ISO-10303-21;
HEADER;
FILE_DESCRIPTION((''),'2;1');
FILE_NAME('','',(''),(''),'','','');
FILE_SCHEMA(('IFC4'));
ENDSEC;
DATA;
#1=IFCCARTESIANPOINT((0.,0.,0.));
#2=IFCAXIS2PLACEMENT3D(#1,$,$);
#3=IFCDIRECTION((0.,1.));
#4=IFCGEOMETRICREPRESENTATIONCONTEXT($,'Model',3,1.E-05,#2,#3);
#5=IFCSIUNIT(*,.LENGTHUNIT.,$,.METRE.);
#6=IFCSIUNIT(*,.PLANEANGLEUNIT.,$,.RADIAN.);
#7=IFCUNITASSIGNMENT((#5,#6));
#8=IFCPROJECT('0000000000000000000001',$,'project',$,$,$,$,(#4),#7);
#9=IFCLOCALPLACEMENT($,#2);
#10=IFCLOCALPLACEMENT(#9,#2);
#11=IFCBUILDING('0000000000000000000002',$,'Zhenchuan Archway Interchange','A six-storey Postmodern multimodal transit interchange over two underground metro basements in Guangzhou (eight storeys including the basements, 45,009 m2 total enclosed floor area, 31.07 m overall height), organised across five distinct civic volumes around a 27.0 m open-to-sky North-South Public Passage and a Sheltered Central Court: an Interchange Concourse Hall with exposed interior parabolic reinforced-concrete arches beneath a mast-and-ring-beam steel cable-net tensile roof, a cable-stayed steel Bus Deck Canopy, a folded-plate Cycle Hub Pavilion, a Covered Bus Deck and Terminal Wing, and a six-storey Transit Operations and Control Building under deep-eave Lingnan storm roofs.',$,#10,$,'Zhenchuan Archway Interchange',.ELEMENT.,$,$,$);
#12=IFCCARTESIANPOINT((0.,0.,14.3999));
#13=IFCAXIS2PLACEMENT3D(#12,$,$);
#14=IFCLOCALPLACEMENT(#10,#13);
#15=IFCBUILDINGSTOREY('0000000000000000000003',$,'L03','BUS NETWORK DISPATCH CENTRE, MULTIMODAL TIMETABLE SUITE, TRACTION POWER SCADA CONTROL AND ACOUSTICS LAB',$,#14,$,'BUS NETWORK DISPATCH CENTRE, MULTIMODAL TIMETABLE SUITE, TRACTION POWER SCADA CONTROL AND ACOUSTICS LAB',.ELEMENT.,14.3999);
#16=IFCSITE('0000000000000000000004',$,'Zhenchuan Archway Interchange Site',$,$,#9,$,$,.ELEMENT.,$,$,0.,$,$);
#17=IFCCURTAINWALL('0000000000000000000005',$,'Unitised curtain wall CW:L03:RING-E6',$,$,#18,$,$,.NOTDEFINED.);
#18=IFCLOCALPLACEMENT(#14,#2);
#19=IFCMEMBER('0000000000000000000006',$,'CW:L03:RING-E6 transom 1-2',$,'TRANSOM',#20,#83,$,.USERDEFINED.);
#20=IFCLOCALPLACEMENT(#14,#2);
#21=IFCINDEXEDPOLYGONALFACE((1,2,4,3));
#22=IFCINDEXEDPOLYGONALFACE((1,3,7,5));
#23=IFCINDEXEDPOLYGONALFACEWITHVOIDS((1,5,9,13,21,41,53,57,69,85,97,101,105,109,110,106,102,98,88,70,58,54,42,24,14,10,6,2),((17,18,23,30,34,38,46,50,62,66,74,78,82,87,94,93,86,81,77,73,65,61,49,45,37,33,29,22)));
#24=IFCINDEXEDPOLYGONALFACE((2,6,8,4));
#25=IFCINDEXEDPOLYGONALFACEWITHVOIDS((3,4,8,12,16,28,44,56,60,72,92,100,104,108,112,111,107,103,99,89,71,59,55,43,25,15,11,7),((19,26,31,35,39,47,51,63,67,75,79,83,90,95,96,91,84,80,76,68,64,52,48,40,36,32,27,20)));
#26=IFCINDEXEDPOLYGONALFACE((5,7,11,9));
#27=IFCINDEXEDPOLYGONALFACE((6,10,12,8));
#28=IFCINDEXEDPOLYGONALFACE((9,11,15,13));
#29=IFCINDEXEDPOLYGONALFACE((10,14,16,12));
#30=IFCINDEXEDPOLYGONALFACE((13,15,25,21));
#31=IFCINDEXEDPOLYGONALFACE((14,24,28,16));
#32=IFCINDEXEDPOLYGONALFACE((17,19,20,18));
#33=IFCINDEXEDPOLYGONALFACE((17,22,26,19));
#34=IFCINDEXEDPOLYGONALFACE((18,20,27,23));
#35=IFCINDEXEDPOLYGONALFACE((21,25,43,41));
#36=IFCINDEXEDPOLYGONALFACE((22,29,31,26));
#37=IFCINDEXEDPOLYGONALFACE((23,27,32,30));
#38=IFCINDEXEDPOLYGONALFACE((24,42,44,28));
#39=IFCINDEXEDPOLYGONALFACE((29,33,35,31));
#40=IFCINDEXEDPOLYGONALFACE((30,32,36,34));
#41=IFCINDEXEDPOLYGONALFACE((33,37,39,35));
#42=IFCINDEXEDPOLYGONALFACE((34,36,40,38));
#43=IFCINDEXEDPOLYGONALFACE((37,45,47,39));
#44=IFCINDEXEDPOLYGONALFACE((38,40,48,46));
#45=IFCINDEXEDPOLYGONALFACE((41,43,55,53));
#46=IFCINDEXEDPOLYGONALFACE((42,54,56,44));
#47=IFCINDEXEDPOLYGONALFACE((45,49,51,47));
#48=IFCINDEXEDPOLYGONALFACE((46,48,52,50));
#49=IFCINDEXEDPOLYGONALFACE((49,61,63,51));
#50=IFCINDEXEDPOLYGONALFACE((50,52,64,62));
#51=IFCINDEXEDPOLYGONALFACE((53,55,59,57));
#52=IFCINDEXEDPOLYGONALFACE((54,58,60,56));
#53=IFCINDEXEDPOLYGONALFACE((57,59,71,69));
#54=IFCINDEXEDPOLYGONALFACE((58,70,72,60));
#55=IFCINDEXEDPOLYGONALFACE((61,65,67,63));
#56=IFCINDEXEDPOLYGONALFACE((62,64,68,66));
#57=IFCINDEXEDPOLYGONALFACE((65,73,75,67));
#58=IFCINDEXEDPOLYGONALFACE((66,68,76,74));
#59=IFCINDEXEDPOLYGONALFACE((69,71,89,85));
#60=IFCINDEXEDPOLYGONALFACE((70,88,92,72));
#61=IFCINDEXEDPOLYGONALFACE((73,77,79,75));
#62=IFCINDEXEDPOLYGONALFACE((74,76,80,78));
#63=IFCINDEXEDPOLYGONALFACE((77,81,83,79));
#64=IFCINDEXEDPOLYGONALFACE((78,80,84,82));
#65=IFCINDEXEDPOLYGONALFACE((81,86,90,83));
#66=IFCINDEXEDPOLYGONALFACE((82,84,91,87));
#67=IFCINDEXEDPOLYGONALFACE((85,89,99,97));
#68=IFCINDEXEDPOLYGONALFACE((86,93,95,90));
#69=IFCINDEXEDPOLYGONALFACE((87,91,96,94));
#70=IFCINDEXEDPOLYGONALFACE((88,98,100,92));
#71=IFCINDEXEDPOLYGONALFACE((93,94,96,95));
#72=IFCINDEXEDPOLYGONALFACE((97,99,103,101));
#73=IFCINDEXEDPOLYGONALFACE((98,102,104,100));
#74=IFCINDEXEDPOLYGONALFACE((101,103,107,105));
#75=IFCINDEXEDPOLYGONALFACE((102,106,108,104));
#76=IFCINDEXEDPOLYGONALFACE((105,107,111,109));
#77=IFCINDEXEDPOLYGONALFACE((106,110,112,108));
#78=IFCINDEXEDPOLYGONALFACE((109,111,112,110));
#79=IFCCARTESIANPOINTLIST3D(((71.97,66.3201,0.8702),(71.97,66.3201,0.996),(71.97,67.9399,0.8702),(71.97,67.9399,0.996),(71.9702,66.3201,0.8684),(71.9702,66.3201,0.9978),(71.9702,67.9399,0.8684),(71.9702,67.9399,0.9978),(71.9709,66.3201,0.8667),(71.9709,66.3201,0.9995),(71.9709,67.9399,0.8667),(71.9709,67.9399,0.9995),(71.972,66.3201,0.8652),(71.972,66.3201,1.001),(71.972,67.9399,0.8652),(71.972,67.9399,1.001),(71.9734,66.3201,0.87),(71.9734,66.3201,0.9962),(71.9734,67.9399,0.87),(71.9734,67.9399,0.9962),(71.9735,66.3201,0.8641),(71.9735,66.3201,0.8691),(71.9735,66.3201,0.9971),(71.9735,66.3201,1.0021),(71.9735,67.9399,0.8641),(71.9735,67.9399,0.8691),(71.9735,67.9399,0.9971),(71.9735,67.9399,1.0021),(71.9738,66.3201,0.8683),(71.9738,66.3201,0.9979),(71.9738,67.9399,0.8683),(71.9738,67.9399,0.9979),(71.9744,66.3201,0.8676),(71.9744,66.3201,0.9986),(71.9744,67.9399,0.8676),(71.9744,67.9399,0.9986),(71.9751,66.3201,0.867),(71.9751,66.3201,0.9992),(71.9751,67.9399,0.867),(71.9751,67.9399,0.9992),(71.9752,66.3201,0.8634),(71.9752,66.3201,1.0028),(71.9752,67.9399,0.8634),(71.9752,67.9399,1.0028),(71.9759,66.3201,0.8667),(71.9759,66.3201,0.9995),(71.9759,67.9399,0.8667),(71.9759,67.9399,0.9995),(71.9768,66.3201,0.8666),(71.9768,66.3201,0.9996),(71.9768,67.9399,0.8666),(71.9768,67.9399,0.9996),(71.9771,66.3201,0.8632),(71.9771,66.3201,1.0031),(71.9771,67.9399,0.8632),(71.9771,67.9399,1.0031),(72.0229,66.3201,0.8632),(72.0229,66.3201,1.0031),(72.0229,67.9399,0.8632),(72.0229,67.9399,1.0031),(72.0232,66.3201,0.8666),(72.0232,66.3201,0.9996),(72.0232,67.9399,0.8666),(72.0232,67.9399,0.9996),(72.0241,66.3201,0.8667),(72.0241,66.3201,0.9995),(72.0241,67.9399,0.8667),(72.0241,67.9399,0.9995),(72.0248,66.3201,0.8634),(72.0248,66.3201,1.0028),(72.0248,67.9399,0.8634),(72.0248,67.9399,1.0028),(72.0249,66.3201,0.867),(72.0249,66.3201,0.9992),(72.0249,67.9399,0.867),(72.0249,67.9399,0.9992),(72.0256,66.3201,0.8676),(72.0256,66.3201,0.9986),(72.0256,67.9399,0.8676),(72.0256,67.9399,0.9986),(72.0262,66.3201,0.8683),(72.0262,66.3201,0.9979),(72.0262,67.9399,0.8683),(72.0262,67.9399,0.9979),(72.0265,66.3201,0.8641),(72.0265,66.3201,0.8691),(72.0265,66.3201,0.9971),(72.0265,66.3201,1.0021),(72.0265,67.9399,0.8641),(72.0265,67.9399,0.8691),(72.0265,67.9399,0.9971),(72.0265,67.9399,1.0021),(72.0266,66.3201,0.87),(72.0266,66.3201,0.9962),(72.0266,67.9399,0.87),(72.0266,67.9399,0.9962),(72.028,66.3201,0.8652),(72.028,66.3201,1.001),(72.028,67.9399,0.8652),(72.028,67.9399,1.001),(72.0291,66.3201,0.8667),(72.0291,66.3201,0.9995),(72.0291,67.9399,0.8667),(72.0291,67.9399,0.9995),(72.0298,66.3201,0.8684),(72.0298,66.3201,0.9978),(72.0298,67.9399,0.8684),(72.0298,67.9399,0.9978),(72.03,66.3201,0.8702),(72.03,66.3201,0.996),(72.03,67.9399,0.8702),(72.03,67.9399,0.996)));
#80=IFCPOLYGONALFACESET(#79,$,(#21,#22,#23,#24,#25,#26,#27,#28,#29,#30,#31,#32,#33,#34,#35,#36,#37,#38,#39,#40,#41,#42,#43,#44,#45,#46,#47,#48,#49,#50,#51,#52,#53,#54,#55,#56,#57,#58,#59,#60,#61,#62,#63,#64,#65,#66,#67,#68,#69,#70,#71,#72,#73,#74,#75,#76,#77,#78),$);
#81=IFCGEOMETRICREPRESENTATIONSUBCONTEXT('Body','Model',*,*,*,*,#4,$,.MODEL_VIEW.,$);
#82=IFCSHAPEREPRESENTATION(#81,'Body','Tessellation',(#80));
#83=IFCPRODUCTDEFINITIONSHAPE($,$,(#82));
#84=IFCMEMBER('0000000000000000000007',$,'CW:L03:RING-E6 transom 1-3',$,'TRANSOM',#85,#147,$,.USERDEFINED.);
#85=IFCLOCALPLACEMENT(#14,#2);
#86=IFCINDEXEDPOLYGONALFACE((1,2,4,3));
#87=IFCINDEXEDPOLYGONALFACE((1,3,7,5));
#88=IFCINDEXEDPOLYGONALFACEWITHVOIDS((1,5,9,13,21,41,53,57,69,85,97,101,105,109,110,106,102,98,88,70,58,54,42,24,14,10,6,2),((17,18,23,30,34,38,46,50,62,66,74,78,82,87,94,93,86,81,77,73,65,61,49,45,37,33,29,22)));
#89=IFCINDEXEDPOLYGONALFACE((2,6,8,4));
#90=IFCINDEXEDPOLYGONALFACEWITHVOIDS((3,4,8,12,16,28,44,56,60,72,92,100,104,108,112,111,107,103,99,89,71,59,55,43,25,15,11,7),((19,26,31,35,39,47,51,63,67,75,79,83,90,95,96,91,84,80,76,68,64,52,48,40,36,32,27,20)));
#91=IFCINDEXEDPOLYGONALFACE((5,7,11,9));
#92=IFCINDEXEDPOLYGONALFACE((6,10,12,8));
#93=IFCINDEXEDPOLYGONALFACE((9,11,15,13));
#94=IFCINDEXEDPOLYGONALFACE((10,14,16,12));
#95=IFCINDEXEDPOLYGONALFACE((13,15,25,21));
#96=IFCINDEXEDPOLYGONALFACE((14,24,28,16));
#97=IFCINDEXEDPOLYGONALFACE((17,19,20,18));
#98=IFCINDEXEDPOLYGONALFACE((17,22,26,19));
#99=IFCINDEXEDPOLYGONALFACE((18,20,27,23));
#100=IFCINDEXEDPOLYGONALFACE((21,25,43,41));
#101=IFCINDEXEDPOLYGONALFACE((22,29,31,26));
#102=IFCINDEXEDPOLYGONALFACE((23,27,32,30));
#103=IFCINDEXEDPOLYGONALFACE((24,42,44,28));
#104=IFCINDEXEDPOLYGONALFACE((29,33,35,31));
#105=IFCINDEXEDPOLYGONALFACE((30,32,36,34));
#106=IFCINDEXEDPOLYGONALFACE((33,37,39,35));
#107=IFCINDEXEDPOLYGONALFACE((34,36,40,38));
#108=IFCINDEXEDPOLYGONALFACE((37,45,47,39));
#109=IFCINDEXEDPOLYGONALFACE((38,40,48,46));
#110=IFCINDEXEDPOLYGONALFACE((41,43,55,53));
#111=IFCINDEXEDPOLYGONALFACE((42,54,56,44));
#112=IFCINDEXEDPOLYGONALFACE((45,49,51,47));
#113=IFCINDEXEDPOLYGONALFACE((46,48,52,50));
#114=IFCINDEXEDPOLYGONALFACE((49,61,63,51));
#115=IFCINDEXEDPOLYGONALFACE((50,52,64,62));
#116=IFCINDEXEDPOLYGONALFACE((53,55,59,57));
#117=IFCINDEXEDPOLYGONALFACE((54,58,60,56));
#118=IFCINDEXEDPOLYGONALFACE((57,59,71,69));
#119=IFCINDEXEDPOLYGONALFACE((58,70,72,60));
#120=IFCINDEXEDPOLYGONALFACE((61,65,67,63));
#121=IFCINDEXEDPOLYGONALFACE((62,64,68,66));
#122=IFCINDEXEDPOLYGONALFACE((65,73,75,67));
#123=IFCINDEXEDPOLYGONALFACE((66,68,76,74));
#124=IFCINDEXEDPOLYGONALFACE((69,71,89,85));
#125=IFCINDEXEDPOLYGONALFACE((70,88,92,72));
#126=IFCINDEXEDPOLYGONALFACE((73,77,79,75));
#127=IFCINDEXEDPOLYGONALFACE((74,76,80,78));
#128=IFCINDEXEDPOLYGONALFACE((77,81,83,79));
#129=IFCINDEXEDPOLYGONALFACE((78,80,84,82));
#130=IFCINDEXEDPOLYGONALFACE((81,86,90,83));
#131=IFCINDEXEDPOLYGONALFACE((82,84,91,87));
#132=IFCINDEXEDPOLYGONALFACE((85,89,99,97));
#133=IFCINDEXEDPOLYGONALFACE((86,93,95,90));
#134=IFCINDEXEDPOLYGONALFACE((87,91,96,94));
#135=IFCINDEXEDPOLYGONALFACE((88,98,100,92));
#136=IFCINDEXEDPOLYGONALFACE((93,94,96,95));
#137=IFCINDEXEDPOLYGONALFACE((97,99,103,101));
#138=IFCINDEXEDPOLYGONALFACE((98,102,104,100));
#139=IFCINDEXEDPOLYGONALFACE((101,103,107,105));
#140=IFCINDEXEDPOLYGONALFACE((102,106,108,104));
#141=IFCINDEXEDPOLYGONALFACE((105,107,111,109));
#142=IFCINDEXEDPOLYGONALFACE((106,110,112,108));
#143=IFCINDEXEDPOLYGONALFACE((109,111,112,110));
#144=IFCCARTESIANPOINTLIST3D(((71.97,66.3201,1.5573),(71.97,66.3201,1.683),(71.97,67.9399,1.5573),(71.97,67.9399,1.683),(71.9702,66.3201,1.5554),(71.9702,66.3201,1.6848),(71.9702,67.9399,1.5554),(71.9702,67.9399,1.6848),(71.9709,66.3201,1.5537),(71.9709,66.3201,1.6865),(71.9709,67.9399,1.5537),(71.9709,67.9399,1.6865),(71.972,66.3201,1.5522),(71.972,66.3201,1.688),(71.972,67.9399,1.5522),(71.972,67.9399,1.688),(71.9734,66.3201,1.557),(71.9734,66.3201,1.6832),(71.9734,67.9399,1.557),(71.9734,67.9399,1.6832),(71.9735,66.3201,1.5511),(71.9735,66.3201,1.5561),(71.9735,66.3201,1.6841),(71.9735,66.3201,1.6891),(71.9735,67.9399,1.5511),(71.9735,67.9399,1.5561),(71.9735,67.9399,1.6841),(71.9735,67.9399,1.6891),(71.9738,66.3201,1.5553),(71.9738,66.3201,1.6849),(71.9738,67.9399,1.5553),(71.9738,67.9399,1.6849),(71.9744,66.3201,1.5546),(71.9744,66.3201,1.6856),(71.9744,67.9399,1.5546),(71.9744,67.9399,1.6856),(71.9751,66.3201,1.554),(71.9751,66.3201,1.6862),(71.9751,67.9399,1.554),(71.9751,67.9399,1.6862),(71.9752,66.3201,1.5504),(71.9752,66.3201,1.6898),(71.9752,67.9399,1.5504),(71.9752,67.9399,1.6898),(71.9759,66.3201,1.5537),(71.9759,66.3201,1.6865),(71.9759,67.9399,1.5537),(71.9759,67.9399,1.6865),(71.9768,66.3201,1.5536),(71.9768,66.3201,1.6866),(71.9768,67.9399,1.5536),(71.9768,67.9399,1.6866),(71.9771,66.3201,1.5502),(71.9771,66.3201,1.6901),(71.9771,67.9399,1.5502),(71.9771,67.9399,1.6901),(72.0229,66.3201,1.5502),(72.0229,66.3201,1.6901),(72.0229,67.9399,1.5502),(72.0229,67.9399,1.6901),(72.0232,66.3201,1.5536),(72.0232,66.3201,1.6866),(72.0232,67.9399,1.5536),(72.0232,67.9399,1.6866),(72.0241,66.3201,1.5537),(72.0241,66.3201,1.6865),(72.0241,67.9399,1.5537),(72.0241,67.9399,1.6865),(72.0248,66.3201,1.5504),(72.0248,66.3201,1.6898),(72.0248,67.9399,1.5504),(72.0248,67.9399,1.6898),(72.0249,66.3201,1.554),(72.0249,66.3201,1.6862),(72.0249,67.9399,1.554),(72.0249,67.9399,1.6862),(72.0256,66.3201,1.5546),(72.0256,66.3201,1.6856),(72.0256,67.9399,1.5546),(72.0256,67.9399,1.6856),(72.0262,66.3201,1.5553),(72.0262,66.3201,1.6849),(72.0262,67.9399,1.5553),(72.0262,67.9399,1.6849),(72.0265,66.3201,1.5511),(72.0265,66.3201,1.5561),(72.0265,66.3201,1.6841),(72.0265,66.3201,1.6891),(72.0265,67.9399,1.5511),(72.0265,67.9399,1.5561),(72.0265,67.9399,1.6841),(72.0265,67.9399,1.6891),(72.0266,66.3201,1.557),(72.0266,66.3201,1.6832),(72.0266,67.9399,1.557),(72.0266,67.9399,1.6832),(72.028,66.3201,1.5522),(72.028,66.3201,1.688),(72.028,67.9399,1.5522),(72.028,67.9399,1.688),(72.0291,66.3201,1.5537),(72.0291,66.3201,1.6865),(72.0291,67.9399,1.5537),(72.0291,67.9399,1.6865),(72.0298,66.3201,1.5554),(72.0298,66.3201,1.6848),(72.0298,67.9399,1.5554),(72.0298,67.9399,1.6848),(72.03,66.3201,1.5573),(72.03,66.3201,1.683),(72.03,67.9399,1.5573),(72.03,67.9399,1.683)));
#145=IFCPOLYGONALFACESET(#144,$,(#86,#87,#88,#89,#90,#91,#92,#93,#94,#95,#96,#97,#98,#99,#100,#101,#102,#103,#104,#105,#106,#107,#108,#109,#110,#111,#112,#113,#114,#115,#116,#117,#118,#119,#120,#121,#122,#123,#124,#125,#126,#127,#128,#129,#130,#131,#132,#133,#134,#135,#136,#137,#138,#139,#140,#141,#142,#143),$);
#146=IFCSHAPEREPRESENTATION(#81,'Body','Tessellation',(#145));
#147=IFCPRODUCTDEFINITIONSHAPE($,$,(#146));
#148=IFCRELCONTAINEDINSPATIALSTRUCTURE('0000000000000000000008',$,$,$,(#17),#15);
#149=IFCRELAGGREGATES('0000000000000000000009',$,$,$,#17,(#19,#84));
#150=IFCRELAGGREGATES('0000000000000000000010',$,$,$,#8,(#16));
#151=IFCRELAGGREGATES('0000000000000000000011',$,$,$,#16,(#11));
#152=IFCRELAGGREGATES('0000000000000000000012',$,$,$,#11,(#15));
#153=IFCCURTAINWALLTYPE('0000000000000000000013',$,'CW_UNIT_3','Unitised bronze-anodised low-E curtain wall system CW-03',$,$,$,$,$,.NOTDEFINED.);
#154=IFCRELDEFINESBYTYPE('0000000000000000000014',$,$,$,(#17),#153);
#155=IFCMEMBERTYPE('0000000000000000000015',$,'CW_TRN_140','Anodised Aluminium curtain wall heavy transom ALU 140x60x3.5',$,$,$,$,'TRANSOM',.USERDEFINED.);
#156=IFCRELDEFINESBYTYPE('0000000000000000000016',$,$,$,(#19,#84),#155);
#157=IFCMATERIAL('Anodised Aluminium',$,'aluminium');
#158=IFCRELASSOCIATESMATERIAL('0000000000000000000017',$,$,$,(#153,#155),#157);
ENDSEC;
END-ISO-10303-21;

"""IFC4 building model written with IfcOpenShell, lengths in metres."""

from ifc_helpers import new_model, si_unit, direction, frame, origin, origin_2d, place, context, subcontext, project, spatial, hollow_rectangle, extrude, material, material_profile, profile_set, type_object, element, aggregate, save


model = new_model("IFC4")

# Units and contexts
model_context = context("Model", 3, precision=1e-05, world=origin(), true_north=direction((0.0, 1.0)))
body_context = subcontext(model_context, "Body", "Model", "MODEL_VIEW")
ifc_project = project(units=[si_unit("LENGTHUNIT", "METRE"), si_unit("PLANEANGLEUNIT", "RADIAN")], contexts=[model_context])

# Site, building, storey
site_placement = place(None, origin())
site = spatial("IfcSite", under=ifc_project, at=site_placement, Name="Zhenchuan Archway Interchange Site", CompositionType="ELEMENT", RefElevation=0.0)
building_placement = place(site_placement, origin())
building = spatial("IfcBuilding", under=site, at=building_placement, Name="Zhenchuan Archway Interchange", Description="A six-storey Postmodern multimodal transit interchange over two underground metro basements in Guangzhou (eight storeys including the basements, 45,009 m2 total enclosed floor area, 31.07 m overall height), organised across five distinct civic volumes around a 27.0 m open-to-sky North-South Public Passage and a Sheltered Central Court: an Interchange Concourse Hall with exposed interior parabolic reinforced-concrete arches beneath a mast-and-ring-beam steel cable-net tensile roof, a cable-stayed steel Bus Deck Canopy, a folded-plate Cycle Hub Pavilion, a Covered Bus Deck and Terminal Wing, and a six-storey Transit Operations and Control Building under deep-eave Lingnan storm roofs.", LongName="Zhenchuan Archway Interchange", CompositionType="ELEMENT")
storey_placement = place(building_placement, frame((0.0, 0.0, 14.3999)))
storey = spatial("IfcBuildingStorey", under=building, at=storey_placement, Name="L03", Description="BUS NETWORK DISPATCH CENTRE, MULTIMODAL TIMETABLE SUITE, TRACTION POWER SCADA CONTROL AND ACOUSTICS LAB", LongName="BUS NETWORK DISPATCH CENTRE, MULTIMODAL TIMETABLE SUITE, TRACTION POWER SCADA CONTROL AND ACOUSTICS LAB", CompositionType="ELEMENT", Elevation=14.3999)

# Curtain wall
ifc_material_1 = material(Name="Anodised Aluminium", Category="aluminium")
curtain_wall_type_1 = type_object("IfcCurtainWallType", Name="CW_UNIT_3", Description="Unitised bronze-anodised low-E curtain wall system CW-03", PredefinedType="NOTDEFINED", material=ifc_material_1)
curtain_wall_1_placement = place(storey_placement, origin())
curtain_wall_1 = element("IfcCurtainWall", 1, at=curtain_wall_1_placement, inside=storey, type_object=curtain_wall_type_1, Name="Unitised curtain wall CW:L03:RING-E6", PredefinedType="NOTDEFINED")

# Members
ifc_material_profile_1 = material_profile(ifc_material_1, hollow_rectangle(XDim=0.0601, YDim=0.1399, WallThickness=0.0034, InnerFilletRadius=0.0034, OuterFilletRadius=0.0071, at=origin_2d()), Name="ALU 140x60x3.5")
ifc_profile_set_1 = profile_set([ifc_material_profile_1], Name="Anodised Aluminium")
member_type_1 = type_object("IfcMemberType", Name="CW_TRN_140", Description="Anodised Aluminium curtain wall heavy transom ALU 140x60x3.5", ElementType="TRANSOM", PredefinedType="USERDEFINED", material=ifc_profile_set_1)
member_1_placement = place(storey_placement, frame((72.0, 66.3201, 0.9331), z_axis=(0.0, 1.0, 0.0), x_axis=(-1.0, 0.0, 0.0)))
member_1 = element("IfcMember", 2, at=member_1_placement, type_object=member_type_1, Name="CW:L03:RING-E6 transom 1-2", ObjectType="TRANSOM", PredefinedType="USERDEFINED", context=body_context, shape_type="SweptSolid", body=[
    extrude(hollow_rectangle(XDim=0.0601, YDim=0.1399, WallThickness=0.0034, InnerFilletRadius=0.0034, OuterFilletRadius=0.0071, at=origin_2d()), origin(), (0.0, 0.0, 1.0), 1.6199),
])
member_2_placement = place(storey_placement, frame((72.0, 66.3201, 1.6201), z_axis=(0.0, 1.0, 0.0), x_axis=(-1.0, 0.0, 0.0)))
member_2 = element("IfcMember", 3, at=member_2_placement, type_object=member_type_1, Name="CW:L03:RING-E6 transom 1-3", ObjectType="TRANSOM", PredefinedType="USERDEFINED", context=body_context, shape_type="SweptSolid", body=[
    extrude(hollow_rectangle(XDim=0.0601, YDim=0.1399, WallThickness=0.0034, InnerFilletRadius=0.0034, OuterFilletRadius=0.0071, at=origin_2d()), origin(), (0.0, 0.0, 1.0), 1.6199),
])

aggregate(curtain_wall_1, [member_1, member_2])

save(model, "model.ifc")
